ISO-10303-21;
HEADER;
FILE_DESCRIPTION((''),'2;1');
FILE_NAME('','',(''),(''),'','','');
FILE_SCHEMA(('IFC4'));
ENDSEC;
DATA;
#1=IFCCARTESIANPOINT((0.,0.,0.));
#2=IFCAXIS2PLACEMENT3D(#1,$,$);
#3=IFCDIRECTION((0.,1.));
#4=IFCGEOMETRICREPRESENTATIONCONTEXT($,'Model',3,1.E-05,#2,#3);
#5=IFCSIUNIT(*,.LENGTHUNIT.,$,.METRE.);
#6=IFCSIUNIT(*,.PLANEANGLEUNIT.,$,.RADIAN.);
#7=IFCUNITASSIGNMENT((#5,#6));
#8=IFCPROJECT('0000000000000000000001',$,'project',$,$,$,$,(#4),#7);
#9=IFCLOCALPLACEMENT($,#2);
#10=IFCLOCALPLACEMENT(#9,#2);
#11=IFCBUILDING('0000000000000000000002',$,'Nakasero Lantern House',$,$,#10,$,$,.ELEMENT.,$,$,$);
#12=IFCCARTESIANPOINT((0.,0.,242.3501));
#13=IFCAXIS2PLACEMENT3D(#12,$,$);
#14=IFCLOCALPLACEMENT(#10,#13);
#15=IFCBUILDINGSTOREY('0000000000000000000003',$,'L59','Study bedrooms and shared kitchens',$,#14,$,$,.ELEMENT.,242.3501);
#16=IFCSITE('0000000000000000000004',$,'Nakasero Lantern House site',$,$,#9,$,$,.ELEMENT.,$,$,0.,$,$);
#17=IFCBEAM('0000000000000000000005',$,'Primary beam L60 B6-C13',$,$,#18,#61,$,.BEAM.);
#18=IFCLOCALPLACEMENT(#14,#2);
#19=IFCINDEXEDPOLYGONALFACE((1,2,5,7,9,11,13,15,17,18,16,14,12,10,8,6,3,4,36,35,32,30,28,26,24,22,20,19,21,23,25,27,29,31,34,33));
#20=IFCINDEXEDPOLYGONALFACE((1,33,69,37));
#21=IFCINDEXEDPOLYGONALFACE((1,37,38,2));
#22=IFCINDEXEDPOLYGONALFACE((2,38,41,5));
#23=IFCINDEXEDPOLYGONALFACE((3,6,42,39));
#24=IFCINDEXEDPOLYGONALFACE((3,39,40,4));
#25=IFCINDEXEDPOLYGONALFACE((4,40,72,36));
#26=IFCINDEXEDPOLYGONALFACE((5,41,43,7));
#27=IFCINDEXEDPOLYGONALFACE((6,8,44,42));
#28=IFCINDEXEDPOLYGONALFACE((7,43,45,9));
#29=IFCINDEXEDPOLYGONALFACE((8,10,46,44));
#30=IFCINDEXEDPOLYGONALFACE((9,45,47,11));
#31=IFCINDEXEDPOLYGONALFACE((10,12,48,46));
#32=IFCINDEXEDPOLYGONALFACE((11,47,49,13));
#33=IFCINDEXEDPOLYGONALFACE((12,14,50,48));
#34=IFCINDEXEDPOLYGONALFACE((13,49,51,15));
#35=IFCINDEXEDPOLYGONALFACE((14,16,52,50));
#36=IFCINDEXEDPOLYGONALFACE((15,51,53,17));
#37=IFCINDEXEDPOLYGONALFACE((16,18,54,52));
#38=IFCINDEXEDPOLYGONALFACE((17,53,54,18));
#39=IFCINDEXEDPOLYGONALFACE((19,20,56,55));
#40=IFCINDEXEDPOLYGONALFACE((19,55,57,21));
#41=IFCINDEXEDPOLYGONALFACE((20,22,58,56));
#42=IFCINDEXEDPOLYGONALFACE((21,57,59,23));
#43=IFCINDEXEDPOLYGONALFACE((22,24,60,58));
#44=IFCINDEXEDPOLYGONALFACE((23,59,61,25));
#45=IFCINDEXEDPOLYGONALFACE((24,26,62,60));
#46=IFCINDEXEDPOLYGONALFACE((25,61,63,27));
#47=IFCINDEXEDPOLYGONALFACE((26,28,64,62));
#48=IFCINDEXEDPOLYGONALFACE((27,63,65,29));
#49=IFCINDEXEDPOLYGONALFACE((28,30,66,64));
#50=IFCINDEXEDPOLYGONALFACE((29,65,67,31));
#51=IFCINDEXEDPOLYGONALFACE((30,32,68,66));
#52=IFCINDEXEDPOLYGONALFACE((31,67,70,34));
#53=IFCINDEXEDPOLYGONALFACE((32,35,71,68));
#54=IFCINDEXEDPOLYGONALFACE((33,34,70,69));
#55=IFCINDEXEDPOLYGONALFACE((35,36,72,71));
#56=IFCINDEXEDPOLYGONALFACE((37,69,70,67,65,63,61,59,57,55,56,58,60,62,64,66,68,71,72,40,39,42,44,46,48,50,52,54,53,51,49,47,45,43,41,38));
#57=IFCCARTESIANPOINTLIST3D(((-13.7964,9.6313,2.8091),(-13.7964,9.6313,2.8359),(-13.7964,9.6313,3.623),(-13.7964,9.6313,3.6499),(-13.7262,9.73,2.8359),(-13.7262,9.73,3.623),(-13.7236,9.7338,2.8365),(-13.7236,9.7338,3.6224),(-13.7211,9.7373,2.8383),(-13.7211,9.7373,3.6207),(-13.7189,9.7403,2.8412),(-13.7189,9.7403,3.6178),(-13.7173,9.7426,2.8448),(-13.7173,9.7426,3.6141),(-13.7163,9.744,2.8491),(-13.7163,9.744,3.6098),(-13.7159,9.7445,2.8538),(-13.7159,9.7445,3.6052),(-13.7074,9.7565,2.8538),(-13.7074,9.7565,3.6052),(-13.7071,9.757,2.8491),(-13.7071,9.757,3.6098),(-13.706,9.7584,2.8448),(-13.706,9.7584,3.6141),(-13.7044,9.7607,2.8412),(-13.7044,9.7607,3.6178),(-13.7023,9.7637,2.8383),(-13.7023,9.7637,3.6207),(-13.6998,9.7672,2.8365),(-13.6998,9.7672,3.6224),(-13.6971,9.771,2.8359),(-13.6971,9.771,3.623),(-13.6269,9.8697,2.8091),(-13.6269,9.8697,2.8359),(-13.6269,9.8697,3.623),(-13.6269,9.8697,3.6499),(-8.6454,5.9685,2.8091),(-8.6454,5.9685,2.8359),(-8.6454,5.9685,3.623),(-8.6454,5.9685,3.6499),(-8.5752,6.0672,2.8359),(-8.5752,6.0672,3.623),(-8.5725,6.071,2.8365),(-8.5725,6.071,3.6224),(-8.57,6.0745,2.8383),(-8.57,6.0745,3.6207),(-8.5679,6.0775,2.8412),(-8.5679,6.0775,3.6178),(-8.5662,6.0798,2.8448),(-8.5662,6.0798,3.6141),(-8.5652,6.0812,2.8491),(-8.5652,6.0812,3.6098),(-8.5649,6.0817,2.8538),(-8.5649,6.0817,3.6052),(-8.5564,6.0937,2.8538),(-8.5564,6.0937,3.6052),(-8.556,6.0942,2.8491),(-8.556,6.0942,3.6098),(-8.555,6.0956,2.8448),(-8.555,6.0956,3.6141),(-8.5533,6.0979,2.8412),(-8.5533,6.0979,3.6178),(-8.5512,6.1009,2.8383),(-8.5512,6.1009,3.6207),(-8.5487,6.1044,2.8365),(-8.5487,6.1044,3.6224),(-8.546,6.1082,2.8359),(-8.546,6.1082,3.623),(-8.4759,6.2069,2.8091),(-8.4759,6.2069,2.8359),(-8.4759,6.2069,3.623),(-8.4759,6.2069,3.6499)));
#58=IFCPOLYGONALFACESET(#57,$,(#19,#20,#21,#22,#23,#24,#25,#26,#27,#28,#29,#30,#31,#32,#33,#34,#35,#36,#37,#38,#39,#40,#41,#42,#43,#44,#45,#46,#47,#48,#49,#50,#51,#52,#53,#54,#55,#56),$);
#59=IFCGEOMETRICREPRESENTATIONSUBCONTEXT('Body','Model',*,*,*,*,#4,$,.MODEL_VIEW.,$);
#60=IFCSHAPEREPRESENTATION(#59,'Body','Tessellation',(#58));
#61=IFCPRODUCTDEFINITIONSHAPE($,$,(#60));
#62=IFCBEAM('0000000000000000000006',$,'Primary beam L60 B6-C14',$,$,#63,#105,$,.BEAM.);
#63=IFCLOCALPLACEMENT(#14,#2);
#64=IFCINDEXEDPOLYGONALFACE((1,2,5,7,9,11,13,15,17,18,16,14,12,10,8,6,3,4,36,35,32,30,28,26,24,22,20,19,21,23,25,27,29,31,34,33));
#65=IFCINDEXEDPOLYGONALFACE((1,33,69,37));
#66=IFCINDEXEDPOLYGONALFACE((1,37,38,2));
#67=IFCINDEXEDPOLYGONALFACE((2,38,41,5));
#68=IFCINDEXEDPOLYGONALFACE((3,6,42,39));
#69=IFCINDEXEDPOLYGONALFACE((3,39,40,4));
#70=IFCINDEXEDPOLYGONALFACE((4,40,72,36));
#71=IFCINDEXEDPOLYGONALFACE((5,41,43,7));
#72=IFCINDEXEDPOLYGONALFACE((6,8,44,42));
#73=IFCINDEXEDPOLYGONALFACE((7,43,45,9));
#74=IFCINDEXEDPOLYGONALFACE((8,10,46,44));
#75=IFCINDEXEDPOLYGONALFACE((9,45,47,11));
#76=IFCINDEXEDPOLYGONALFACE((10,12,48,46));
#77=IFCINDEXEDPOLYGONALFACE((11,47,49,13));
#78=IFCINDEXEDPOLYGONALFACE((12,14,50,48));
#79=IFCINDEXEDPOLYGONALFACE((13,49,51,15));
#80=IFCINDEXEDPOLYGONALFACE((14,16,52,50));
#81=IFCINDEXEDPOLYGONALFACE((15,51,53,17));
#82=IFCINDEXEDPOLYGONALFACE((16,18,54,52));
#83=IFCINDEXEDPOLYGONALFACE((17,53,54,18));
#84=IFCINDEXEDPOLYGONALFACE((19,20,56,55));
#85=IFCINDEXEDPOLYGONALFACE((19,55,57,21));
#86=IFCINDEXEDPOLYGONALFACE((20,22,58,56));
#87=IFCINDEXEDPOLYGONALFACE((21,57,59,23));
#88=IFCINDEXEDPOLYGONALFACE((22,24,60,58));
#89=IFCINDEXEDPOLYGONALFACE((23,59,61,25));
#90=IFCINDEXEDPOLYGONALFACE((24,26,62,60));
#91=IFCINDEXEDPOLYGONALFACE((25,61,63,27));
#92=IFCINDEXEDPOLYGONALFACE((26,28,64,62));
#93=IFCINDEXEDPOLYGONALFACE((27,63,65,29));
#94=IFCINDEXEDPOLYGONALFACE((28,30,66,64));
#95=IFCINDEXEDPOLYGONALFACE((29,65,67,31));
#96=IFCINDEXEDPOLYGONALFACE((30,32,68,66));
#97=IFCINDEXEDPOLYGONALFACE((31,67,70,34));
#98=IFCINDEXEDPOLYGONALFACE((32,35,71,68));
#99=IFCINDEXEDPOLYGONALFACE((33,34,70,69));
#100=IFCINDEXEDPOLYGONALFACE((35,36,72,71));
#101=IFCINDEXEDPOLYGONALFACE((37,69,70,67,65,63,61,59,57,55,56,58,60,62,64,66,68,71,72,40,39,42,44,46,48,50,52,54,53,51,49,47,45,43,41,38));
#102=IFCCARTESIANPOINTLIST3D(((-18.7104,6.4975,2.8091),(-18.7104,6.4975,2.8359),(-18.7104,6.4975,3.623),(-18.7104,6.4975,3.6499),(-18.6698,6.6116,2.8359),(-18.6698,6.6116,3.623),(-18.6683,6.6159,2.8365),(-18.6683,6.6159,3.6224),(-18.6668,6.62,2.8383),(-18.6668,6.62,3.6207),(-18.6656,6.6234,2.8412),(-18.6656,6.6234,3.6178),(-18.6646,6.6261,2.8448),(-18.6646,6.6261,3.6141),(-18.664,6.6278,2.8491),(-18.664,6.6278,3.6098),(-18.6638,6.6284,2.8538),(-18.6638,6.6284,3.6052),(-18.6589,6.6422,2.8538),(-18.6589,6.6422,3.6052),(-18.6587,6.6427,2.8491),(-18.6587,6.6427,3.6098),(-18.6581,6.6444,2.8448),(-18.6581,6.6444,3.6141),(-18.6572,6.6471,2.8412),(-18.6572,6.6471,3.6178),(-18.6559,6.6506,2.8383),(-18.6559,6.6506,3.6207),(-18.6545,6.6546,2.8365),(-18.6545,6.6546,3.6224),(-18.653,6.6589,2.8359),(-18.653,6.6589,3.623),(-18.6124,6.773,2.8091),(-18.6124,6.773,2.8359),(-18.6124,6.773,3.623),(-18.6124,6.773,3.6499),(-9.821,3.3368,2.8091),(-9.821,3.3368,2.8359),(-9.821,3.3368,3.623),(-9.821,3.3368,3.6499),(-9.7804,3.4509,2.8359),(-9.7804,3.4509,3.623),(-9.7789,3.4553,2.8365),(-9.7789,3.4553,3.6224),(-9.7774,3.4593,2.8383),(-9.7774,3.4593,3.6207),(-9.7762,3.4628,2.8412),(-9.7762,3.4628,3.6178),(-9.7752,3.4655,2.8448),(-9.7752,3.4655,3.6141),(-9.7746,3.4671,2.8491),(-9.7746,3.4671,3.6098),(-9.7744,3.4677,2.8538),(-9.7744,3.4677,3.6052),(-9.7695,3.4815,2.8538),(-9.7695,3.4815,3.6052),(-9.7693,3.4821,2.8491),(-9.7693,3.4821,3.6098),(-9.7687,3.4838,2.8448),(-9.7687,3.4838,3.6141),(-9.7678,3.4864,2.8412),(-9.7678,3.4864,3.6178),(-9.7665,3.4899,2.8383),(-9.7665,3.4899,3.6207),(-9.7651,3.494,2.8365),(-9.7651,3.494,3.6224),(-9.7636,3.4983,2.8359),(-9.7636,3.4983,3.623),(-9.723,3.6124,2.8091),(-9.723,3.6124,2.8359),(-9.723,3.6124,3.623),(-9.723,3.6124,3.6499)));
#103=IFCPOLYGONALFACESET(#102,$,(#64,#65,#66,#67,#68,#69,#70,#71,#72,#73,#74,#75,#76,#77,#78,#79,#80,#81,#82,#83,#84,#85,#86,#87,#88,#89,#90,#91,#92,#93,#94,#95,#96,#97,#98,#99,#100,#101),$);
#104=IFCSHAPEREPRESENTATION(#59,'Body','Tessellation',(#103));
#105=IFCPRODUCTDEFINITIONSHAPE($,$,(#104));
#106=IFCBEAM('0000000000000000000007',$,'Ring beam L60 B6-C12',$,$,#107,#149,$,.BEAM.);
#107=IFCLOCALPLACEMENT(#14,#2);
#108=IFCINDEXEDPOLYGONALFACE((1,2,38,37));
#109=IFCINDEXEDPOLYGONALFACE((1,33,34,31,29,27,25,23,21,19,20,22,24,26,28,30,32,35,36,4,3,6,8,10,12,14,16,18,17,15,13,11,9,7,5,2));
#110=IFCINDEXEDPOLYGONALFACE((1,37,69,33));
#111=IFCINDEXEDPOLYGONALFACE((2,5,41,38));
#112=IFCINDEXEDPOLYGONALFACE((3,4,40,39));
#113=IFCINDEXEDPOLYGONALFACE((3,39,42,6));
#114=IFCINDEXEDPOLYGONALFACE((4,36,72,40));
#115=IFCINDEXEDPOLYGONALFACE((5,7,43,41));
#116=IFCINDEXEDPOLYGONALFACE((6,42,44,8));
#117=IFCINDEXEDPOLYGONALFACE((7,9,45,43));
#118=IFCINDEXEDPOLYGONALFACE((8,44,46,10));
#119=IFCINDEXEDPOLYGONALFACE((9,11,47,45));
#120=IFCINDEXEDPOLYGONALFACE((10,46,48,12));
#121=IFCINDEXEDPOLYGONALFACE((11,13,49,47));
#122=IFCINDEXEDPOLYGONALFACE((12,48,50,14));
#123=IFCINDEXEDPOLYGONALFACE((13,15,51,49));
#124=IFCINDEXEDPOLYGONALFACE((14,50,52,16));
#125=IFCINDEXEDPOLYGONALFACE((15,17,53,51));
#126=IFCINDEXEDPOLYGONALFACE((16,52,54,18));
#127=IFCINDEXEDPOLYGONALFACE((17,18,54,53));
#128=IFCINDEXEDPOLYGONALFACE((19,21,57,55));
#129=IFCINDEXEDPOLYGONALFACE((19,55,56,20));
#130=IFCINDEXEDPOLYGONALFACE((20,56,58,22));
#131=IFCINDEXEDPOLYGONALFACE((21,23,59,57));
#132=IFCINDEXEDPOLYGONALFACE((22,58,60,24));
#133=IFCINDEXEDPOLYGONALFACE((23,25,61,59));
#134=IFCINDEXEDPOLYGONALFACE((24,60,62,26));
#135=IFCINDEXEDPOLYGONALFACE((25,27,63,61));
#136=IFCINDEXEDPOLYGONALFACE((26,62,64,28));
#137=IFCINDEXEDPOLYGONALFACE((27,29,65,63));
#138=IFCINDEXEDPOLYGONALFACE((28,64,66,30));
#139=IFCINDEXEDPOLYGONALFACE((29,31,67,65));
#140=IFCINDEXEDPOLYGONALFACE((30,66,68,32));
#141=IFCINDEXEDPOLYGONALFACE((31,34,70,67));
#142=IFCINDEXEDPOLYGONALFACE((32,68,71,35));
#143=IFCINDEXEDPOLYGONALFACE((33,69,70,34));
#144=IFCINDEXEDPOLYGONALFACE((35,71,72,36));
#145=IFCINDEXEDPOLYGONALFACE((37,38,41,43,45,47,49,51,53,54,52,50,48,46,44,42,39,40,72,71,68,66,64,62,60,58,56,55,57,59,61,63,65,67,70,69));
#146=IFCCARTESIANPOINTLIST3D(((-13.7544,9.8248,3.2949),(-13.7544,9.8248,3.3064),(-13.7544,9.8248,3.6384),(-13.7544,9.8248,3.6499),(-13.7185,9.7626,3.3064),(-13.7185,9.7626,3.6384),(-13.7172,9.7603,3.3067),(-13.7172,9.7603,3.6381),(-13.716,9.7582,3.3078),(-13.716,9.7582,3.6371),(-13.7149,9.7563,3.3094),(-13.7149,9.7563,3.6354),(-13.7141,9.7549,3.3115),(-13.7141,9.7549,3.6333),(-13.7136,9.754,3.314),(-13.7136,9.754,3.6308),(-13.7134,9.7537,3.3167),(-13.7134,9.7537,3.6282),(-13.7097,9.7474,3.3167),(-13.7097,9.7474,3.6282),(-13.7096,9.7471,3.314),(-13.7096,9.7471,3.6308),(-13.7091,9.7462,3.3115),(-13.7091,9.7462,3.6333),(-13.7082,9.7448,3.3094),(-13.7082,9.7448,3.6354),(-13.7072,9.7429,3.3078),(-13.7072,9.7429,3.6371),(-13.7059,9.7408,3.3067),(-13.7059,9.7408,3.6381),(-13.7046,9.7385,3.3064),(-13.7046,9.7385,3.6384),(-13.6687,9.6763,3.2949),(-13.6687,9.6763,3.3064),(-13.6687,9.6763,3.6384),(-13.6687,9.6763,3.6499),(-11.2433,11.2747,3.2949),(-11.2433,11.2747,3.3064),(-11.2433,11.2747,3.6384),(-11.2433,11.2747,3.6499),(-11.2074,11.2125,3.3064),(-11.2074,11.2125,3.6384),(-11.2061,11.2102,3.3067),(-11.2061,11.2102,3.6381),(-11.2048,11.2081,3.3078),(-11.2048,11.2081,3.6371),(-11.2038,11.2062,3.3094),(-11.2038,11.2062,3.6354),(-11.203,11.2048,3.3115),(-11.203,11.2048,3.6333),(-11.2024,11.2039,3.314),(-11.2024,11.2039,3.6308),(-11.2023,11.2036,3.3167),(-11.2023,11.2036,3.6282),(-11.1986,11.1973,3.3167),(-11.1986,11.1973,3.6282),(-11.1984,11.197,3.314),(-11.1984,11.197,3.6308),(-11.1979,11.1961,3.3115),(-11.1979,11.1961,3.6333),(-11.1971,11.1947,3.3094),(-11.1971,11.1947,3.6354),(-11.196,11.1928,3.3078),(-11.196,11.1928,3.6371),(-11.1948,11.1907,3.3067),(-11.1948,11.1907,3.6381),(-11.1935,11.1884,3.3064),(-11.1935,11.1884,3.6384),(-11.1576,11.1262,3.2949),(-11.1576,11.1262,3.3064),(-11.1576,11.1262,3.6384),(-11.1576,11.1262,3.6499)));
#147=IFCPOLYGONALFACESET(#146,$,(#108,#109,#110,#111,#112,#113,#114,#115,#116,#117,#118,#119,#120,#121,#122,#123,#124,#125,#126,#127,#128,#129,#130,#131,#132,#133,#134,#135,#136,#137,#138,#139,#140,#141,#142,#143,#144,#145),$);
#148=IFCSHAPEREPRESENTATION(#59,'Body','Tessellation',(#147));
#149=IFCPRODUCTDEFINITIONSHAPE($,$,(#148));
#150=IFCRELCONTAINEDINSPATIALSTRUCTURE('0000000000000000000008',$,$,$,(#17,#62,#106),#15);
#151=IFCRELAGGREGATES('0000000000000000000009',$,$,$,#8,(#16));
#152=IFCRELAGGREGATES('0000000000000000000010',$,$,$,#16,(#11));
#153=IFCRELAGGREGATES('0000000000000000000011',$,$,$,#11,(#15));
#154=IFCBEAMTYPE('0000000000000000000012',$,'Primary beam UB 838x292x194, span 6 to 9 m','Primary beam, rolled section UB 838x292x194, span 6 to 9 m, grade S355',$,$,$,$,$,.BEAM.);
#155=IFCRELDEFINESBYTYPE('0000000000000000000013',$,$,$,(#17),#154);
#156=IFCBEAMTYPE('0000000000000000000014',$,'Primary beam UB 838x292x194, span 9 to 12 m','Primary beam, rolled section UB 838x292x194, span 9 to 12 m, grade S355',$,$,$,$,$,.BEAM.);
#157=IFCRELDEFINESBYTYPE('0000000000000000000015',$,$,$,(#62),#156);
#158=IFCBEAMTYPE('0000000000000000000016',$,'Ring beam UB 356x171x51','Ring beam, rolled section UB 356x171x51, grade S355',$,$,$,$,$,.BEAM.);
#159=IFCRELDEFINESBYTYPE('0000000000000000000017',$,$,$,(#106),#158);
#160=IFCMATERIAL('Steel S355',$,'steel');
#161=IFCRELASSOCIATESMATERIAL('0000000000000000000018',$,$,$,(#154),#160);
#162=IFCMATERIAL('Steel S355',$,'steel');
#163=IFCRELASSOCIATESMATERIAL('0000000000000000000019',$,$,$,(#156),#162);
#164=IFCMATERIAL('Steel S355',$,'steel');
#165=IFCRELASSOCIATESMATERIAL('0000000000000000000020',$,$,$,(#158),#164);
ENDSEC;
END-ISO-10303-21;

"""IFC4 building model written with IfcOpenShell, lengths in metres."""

from ifc_helpers import new_model, si_unit, direction, frame, origin, origin_2d, place, context, subcontext, project, spatial, i_section, extrude, material, material_profile, profile_set, type_object, element, save


model = new_model("IFC4")

# Units and contexts
model_context = context("Model", 3, precision=1e-05, world=origin(), true_north=direction((0.0, 1.0)))
body_context = subcontext(model_context, "Body", "Model", "MODEL_VIEW")
ifc_project = project(units=[si_unit("LENGTHUNIT", "METRE"), si_unit("PLANEANGLEUNIT", "RADIAN")], contexts=[model_context])

# Site, building, storey
site_placement = place(None, origin())
site = spatial("IfcSite", under=ifc_project, at=site_placement, Name="Nakasero Lantern House site", CompositionType="ELEMENT", RefElevation=0.0)
building_placement = place(site_placement, origin())
building = spatial("IfcBuilding", under=site, at=building_placement, Name="Nakasero Lantern House", CompositionType="ELEMENT")
storey_placement = place(building_placement, frame((0.0, 0.0, 242.3501)))
storey = spatial("IfcBuildingStorey", under=building, at=storey_placement, Name="L59", Description="Study bedrooms and shared kitchens", CompositionType="ELEMENT", Elevation=242.3501)

# Beams
ifc_material_1 = material(Name="Steel S355", Category="steel")
ifc_material_profile_1 = material_profile(ifc_material_1, i_section(OverallWidth=0.2925, OverallDepth=0.8408, WebThickness=0.0146, FlangeThickness=0.0269, FilletRadius=0.0178, at=origin_2d()), Name="UB 838x292x194")
ifc_profile_set_1 = profile_set([ifc_material_profile_1], Name="Steel S355")
beam_type_1 = type_object("IfcBeamType", Name="Primary beam UB 838x292x194, span 6 to 9 m", Description="Primary beam, rolled section UB 838x292x194, span 6 to 9 m, grade S355", PredefinedType="BEAM", material=ifc_profile_set_1)
beam_1_placement = place(storey_placement, frame((-13.7117, 9.7505, 3.2295), z_axis=(0.814969, -0.579505, 0.0), x_axis=(0.579505, 0.814969, 0.0)))
element("IfcBeam", 1, at=beam_1_placement, inside=storey, type_object=beam_type_1, Name="Primary beam L60 B6-C13", PredefinedType="BEAM", context=body_context, shape_type="SweptSolid", body=[
    extrude(i_section(OverallWidth=0.2925, OverallDepth=0.8408, WebThickness=0.0146, FlangeThickness=0.0269, FilletRadius=0.0178, at=origin_2d()), origin(), (0.0, 0.0, 1.0), 6.3206),
])
ifc_material_2 = material(Name="Steel S355", Category="steel")
ifc_material_profile_2 = material_profile(ifc_material_2, i_section(OverallWidth=0.2925, OverallDepth=0.8408, WebThickness=0.0146, FlangeThickness=0.0269, FilletRadius=0.0178, at=origin_2d()), Name="UB 838x292x194")
ifc_profile_set_2 = profile_set([ifc_material_profile_2], Name="Steel S355")
beam_type_2 = type_object("IfcBeamType", Name="Primary beam UB 838x292x194, span 9 to 12 m", Description="Primary beam, rolled section UB 838x292x194, span 9 to 12 m, grade S355", PredefinedType="BEAM", material=ifc_profile_set_2)
beam_2_placement = place(storey_placement, frame((-18.6614, 6.6353, 3.2295), z_axis=(0.942216, -0.335007, 0.0), x_axis=(0.335007, 0.942216, 0.0)))
element("IfcBeam", 2, at=beam_2_placement, inside=storey, type_object=beam_type_2, Name="Primary beam L60 B6-C14", PredefinedType="BEAM", context=body_context, shape_type="SweptSolid", body=[
    extrude(i_section(OverallWidth=0.2925, OverallDepth=0.8408, WebThickness=0.0146, FlangeThickness=0.0269, FilletRadius=0.0178, at=origin_2d()), origin(), (0.0, 0.0, 1.0), 9.4346),
])
ifc_material_3 = material(Name="Steel S355", Category="steel")
ifc_material_profile_3 = material_profile(ifc_material_3, i_section(OverallWidth=0.1714, OverallDepth=0.355, WebThickness=0.0073, FlangeThickness=0.0115, FilletRadius=0.0103, at=origin_2d()), Name="UB 356x171x51")
ifc_profile_set_3 = profile_set([ifc_material_profile_3], Name="Steel S355")
beam_type_3 = type_object("IfcBeamType", Name="Ring beam UB 356x171x51", Description="Ring beam, rolled section UB 356x171x51, grade S355", PredefinedType="BEAM", material=ifc_profile_set_3)
beam_3_placement = place(storey_placement, frame((-11.2004, 11.2004, 3.4724), z_axis=(-0.866012, -0.500024, 0.0), x_axis=(0.500024, -0.866012, 0.0)))
element("IfcBeam", 3, at=beam_3_placement, inside=storey, type_object=beam_type_3, Name="Ring beam L60 B6-C12", PredefinedType="BEAM", context=body_context, shape_type="SweptSolid", body=[
    extrude(i_section(OverallWidth=0.1714, OverallDepth=0.355, WebThickness=0.0073, FlangeThickness=0.0115, FilletRadius=0.0103, at=origin_2d()), origin(), (0.0, 0.0, 1.0), 2.8997),
])

save(model, "model.ifc")
